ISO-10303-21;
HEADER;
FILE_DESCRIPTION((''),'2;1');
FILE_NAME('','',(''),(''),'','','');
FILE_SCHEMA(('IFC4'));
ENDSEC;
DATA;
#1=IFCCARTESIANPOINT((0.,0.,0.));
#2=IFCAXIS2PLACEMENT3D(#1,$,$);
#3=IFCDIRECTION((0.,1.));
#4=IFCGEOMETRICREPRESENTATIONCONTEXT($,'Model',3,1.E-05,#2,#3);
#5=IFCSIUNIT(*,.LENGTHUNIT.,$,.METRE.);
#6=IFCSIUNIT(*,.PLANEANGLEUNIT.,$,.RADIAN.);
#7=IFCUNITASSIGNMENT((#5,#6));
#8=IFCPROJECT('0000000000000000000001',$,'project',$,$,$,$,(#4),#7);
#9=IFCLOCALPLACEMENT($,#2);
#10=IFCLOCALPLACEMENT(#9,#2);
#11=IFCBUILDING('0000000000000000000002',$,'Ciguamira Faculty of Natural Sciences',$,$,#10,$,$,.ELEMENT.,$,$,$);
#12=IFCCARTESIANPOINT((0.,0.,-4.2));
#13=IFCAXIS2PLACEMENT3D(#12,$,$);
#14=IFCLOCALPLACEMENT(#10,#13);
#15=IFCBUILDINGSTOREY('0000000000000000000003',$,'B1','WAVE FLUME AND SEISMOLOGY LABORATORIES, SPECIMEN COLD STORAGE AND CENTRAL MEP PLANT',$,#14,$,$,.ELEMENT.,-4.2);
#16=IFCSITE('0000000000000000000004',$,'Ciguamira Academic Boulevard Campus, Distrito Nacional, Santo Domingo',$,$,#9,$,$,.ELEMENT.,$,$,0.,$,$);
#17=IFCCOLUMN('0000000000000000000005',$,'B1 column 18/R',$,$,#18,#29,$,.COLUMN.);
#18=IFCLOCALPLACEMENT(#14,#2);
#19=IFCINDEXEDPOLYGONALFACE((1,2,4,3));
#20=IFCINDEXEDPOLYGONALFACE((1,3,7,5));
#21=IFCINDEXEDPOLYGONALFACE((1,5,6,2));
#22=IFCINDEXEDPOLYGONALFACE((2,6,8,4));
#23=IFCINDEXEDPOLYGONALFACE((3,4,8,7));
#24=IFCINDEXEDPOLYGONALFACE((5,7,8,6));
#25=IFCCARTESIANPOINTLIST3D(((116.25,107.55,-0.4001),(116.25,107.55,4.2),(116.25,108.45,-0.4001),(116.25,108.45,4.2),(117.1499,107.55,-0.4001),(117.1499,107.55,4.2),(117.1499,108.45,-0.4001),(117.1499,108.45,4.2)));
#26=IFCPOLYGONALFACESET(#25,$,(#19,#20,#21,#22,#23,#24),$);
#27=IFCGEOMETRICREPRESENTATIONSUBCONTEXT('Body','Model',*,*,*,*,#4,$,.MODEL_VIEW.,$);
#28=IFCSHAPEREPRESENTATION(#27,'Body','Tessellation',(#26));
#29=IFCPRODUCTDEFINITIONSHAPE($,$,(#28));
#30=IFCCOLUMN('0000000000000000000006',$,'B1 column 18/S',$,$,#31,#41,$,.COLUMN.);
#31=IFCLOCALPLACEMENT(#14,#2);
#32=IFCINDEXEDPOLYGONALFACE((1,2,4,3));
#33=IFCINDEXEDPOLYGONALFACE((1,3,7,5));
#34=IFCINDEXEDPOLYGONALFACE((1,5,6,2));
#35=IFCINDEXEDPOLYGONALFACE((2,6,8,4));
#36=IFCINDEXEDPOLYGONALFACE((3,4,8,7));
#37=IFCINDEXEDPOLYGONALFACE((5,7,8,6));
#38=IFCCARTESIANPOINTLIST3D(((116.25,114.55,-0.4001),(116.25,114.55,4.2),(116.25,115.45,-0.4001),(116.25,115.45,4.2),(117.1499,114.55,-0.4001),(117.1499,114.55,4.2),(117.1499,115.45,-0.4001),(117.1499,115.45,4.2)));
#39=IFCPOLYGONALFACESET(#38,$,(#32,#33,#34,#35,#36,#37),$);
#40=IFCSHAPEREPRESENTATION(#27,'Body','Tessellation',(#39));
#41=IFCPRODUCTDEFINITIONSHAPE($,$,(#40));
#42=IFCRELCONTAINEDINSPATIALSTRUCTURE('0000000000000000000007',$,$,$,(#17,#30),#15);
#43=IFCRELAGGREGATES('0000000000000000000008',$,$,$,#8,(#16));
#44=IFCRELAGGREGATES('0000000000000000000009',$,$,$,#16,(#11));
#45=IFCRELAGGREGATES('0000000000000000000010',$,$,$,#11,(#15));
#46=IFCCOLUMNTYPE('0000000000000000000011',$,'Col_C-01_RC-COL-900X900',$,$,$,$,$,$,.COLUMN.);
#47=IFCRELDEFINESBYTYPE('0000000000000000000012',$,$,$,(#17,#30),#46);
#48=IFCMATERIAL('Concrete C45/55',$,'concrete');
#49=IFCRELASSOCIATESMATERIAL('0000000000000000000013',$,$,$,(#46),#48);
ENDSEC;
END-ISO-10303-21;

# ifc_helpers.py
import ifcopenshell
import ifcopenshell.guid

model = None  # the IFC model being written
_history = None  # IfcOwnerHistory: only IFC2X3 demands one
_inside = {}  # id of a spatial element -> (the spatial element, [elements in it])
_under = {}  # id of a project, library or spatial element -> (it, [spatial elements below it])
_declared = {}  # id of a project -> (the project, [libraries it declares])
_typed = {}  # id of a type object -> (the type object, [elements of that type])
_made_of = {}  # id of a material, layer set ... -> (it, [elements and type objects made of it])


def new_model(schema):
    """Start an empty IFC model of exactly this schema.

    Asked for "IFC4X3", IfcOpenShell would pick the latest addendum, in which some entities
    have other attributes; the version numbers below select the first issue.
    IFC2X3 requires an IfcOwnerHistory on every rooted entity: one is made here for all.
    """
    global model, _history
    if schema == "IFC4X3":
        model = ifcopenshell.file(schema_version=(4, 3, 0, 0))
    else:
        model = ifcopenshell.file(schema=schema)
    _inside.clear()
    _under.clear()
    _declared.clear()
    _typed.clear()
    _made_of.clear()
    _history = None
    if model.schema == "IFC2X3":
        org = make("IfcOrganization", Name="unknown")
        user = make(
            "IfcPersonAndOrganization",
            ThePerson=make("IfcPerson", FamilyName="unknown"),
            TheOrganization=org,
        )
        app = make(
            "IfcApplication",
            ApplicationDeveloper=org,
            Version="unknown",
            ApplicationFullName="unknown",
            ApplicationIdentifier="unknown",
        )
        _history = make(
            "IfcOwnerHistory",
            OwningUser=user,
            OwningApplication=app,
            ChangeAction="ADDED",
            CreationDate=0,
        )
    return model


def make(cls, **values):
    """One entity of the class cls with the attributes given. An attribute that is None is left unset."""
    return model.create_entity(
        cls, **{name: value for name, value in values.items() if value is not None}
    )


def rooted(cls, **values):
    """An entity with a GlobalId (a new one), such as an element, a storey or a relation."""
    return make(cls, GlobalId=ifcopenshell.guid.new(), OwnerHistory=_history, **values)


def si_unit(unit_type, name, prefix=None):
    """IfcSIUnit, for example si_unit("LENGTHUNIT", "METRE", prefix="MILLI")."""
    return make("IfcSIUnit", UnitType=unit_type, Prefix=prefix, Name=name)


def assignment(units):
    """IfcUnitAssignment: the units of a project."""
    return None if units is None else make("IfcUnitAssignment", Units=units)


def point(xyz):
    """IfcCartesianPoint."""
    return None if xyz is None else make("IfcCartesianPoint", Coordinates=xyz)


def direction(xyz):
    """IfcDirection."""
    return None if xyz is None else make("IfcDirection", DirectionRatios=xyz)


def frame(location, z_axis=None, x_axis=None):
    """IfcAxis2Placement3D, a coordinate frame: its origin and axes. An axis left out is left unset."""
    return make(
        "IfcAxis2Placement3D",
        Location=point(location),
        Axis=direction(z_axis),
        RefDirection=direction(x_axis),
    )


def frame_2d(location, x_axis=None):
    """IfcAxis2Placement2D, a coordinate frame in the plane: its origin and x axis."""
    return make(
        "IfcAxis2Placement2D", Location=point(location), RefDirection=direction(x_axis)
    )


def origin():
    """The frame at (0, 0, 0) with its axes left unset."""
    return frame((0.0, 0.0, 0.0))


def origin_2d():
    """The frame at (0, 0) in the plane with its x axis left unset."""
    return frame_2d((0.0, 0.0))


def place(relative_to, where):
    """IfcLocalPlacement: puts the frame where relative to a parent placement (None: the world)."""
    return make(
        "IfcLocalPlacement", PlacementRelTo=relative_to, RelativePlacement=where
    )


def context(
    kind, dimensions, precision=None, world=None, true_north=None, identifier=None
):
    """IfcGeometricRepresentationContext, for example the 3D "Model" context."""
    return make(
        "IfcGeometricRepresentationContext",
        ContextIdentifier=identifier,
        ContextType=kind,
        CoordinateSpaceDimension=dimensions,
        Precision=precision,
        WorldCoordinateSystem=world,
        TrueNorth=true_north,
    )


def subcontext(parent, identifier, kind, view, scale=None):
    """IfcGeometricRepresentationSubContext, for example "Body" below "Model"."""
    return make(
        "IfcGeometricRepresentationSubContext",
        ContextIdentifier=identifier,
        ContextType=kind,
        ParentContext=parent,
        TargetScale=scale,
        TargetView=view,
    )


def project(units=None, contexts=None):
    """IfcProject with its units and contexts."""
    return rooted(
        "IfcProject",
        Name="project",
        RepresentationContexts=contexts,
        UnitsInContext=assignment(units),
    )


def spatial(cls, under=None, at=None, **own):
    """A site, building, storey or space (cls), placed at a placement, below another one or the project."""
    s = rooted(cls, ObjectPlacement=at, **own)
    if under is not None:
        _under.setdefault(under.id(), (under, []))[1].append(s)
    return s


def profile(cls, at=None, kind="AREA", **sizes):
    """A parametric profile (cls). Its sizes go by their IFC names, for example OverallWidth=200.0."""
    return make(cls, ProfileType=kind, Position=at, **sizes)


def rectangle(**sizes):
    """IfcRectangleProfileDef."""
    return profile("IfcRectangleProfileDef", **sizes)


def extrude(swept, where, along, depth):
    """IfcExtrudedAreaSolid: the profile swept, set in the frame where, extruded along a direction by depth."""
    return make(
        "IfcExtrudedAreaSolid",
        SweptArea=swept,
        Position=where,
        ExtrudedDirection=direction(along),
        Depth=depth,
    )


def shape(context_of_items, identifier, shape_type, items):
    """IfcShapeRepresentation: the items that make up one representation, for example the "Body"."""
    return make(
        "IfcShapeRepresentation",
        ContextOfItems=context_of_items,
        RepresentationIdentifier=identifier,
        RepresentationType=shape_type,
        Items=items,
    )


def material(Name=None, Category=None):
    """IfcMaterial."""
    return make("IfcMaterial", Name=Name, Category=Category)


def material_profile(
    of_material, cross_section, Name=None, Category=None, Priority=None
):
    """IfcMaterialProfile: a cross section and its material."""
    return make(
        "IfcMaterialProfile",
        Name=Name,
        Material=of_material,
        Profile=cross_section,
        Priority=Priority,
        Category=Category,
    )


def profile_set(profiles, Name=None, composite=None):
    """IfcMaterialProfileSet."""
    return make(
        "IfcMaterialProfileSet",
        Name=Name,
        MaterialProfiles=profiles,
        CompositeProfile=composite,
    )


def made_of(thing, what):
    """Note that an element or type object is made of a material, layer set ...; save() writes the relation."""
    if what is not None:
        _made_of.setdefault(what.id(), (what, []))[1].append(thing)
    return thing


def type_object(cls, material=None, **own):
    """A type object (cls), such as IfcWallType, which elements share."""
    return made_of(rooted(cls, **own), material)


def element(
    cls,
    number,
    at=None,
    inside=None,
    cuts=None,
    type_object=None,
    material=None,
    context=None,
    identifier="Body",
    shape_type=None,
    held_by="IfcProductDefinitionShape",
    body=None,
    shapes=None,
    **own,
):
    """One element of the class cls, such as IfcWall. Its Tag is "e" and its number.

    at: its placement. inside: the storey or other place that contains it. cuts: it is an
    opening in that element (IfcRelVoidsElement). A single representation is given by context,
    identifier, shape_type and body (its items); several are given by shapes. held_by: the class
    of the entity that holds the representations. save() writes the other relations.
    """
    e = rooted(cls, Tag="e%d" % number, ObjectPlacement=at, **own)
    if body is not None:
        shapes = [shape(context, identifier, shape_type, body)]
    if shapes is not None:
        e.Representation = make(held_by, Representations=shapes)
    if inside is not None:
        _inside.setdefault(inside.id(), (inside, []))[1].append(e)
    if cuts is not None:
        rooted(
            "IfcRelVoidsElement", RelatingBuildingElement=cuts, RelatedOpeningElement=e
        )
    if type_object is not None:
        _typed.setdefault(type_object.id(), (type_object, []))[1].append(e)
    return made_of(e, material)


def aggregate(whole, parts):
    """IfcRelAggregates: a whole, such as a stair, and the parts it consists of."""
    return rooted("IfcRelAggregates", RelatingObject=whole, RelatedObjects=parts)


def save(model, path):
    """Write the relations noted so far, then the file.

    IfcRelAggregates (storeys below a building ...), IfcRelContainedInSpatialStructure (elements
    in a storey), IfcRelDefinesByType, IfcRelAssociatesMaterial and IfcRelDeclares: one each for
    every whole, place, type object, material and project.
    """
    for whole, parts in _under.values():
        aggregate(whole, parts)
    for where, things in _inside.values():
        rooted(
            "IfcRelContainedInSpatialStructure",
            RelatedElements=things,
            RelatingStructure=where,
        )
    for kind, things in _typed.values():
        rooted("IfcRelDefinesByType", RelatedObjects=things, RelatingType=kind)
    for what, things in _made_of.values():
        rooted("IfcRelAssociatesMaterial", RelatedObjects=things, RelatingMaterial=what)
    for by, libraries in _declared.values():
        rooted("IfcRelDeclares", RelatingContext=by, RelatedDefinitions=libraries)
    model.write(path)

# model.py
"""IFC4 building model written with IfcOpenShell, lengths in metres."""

from ifc_helpers import new_model, si_unit, direction, frame, origin, origin_2d, place, context, subcontext, project, spatial, rectangle, extrude, material, material_profile, profile_set, type_object, element, save


model = new_model("IFC4")

# Units and contexts
model_context = context("Model", 3, precision=1e-05, world=origin(), true_north=direction((0.0, 1.0)))
body_context = subcontext(model_context, "Body", "Model", "MODEL_VIEW")
ifc_project = project(units=[si_unit("LENGTHUNIT", "METRE"), si_unit("PLANEANGLEUNIT", "RADIAN")], contexts=[model_context])

# Site, building, storey
site_placement = place(None, origin())
site = spatial("IfcSite", under=ifc_project, at=site_placement, Name="Ciguamira Academic Boulevard Campus, Distrito Nacional, Santo Domingo", CompositionType="ELEMENT", RefElevation=0.0)
building_placement = place(site_placement, origin())
building = spatial("IfcBuilding", under=site, at=building_placement, Name="Ciguamira Faculty of Natural Sciences", CompositionType="ELEMENT")
storey_placement = place(building_placement, frame((0.0, 0.0, -4.2)))
storey = spatial("IfcBuildingStorey", under=building, at=storey_placement, Name="B1", Description="WAVE FLUME AND SEISMOLOGY LABORATORIES, SPECIMEN COLD STORAGE AND CENTRAL MEP PLANT", CompositionType="ELEMENT", Elevation=-4.2)

# Columns
ifc_material_1 = material(Name="Concrete C45/55", Category="concrete")
ifc_material_profile_1 = material_profile(ifc_material_1, rectangle(XDim=0.8999, YDim=0.8999, at=origin_2d()), Name="RC-COL-900X900")
ifc_profile_set_1 = profile_set([ifc_material_profile_1], Name="Concrete C45/55")
column_type = type_object("IfcColumnType", Name="Col_C-01_RC-COL-900X900", PredefinedType="COLUMN", material=ifc_profile_set_1)
for number, where, z_axis, x_axis, name in (
    (1, (116.7, 108.0, -0.4001), (0.0, 0.0, 1.0), (1.0, 0.0, 0.0), "B1 column 18/R"),
    (2, (116.7, 115.0, -0.4001), (0.0, 0.0, 1.0), (1.0, 0.0, 0.0), "B1 column 18/S"),
):
    element("IfcColumn", number, at=place(storey_placement, frame(where, z_axis=z_axis, x_axis=x_axis)), inside=storey, type_object=column_type, Name=name, PredefinedType="COLUMN", context=body_context, shape_type="SweptSolid", body=[
        extrude(rectangle(XDim=0.8999, YDim=0.8999, at=origin_2d()), origin(), (0.0, 0.0, 1.0), 4.6001),
    ])

save(model, "model.ifc")
